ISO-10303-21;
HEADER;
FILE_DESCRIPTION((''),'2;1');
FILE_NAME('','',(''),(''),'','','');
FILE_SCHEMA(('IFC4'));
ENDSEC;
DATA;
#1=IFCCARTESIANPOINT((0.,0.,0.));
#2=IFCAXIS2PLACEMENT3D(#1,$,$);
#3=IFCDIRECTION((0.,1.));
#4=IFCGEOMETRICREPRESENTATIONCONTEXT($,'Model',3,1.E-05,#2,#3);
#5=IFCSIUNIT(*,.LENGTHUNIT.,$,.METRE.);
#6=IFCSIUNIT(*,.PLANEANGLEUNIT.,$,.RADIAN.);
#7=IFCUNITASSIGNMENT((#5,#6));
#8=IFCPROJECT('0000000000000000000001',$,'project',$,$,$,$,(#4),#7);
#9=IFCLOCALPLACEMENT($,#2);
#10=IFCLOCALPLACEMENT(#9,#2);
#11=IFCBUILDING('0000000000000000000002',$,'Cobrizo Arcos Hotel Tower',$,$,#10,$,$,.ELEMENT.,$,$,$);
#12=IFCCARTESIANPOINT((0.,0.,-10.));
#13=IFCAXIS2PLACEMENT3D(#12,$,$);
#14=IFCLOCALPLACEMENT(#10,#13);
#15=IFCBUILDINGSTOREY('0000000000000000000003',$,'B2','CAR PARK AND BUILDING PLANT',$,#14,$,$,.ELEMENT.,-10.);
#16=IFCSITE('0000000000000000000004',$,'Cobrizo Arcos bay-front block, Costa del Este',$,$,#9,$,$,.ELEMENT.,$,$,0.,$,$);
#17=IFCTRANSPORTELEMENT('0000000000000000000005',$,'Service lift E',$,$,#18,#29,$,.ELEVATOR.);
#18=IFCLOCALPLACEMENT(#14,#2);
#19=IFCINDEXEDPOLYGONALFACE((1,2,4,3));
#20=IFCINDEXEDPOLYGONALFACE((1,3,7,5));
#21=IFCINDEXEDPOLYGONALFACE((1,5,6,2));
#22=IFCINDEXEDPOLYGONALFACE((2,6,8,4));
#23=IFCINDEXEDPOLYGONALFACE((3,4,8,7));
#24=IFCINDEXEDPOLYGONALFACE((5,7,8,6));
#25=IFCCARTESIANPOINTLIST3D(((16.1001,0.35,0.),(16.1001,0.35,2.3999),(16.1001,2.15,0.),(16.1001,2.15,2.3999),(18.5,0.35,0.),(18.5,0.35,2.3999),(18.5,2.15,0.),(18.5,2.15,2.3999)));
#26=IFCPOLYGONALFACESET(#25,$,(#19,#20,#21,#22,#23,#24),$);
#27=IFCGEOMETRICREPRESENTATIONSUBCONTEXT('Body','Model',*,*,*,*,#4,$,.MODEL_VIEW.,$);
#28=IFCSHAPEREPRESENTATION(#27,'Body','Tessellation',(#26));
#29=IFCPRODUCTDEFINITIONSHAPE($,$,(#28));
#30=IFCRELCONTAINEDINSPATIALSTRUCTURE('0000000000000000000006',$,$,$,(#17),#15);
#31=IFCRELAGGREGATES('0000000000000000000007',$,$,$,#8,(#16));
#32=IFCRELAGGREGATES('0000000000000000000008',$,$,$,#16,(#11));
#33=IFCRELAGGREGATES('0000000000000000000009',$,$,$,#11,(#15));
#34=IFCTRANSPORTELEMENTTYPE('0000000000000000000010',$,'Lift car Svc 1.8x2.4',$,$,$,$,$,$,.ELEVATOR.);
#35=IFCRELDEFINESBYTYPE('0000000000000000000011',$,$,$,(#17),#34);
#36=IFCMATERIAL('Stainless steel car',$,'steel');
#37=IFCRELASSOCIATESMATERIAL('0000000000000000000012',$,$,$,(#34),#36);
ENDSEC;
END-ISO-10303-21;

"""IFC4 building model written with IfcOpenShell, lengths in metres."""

from ifc_helpers import new_model, si_unit, direction, frame, origin, origin_2d, place, context, subcontext, project, spatial, rectangle, extrude, material, type_object, element, save


model = new_model("IFC4")

# Units and contexts
model_context = context("Model", 3, precision=1e-05, world=origin(), true_north=direction((0.0, 1.0)))
body_context = subcontext(model_context, "Body", "Model", "MODEL_VIEW")
ifc_project = project(units=[si_unit("LENGTHUNIT", "METRE"), si_unit("PLANEANGLEUNIT", "RADIAN")], contexts=[model_context])

# Site, building, storey
site_placement = place(None, origin())
site = spatial("IfcSite", under=ifc_project, at=site_placement, Name="Cobrizo Arcos bay-front block, Costa del Este", CompositionType="ELEMENT", RefElevation=0.0)
building_placement = place(site_placement, origin())
building = spatial("IfcBuilding", under=site, at=building_placement, Name="Cobrizo Arcos Hotel Tower", CompositionType="ELEMENT")
storey_placement = place(building_placement, frame((0.0, 0.0, -10.0)))
storey = spatial("IfcBuildingStorey", under=building, at=storey_placement, Name="B2", Description="CAR PARK AND BUILDING PLANT", CompositionType="ELEMENT", Elevation=-10.0)

# Transport element
ifc_material_1 = material(Name="Stainless steel car", Category="steel")
transport_element_type = type_object("IfcTransportElementType", Name="Lift car Svc 1.8x2.4", PredefinedType="ELEVATOR", material=ifc_material_1)
transport_element_placement = place(storey_placement, frame((17.3, 1.25, 0.0), z_axis=(0.0, 0.0, 1.0), x_axis=(1.0, 0.0, 0.0)))
element("IfcTransportElement", 1, at=transport_element_placement, inside=storey, type_object=transport_element_type, Name="Service lift E", PredefinedType="ELEVATOR", context=body_context, shape_type="SweptSolid", body=[
    extrude(rectangle(XDim=2.3999, YDim=1.8, at=origin_2d()), origin(), (0.0, 0.0, 1.0), 2.3999),
])

save(model, "model.ifc")
